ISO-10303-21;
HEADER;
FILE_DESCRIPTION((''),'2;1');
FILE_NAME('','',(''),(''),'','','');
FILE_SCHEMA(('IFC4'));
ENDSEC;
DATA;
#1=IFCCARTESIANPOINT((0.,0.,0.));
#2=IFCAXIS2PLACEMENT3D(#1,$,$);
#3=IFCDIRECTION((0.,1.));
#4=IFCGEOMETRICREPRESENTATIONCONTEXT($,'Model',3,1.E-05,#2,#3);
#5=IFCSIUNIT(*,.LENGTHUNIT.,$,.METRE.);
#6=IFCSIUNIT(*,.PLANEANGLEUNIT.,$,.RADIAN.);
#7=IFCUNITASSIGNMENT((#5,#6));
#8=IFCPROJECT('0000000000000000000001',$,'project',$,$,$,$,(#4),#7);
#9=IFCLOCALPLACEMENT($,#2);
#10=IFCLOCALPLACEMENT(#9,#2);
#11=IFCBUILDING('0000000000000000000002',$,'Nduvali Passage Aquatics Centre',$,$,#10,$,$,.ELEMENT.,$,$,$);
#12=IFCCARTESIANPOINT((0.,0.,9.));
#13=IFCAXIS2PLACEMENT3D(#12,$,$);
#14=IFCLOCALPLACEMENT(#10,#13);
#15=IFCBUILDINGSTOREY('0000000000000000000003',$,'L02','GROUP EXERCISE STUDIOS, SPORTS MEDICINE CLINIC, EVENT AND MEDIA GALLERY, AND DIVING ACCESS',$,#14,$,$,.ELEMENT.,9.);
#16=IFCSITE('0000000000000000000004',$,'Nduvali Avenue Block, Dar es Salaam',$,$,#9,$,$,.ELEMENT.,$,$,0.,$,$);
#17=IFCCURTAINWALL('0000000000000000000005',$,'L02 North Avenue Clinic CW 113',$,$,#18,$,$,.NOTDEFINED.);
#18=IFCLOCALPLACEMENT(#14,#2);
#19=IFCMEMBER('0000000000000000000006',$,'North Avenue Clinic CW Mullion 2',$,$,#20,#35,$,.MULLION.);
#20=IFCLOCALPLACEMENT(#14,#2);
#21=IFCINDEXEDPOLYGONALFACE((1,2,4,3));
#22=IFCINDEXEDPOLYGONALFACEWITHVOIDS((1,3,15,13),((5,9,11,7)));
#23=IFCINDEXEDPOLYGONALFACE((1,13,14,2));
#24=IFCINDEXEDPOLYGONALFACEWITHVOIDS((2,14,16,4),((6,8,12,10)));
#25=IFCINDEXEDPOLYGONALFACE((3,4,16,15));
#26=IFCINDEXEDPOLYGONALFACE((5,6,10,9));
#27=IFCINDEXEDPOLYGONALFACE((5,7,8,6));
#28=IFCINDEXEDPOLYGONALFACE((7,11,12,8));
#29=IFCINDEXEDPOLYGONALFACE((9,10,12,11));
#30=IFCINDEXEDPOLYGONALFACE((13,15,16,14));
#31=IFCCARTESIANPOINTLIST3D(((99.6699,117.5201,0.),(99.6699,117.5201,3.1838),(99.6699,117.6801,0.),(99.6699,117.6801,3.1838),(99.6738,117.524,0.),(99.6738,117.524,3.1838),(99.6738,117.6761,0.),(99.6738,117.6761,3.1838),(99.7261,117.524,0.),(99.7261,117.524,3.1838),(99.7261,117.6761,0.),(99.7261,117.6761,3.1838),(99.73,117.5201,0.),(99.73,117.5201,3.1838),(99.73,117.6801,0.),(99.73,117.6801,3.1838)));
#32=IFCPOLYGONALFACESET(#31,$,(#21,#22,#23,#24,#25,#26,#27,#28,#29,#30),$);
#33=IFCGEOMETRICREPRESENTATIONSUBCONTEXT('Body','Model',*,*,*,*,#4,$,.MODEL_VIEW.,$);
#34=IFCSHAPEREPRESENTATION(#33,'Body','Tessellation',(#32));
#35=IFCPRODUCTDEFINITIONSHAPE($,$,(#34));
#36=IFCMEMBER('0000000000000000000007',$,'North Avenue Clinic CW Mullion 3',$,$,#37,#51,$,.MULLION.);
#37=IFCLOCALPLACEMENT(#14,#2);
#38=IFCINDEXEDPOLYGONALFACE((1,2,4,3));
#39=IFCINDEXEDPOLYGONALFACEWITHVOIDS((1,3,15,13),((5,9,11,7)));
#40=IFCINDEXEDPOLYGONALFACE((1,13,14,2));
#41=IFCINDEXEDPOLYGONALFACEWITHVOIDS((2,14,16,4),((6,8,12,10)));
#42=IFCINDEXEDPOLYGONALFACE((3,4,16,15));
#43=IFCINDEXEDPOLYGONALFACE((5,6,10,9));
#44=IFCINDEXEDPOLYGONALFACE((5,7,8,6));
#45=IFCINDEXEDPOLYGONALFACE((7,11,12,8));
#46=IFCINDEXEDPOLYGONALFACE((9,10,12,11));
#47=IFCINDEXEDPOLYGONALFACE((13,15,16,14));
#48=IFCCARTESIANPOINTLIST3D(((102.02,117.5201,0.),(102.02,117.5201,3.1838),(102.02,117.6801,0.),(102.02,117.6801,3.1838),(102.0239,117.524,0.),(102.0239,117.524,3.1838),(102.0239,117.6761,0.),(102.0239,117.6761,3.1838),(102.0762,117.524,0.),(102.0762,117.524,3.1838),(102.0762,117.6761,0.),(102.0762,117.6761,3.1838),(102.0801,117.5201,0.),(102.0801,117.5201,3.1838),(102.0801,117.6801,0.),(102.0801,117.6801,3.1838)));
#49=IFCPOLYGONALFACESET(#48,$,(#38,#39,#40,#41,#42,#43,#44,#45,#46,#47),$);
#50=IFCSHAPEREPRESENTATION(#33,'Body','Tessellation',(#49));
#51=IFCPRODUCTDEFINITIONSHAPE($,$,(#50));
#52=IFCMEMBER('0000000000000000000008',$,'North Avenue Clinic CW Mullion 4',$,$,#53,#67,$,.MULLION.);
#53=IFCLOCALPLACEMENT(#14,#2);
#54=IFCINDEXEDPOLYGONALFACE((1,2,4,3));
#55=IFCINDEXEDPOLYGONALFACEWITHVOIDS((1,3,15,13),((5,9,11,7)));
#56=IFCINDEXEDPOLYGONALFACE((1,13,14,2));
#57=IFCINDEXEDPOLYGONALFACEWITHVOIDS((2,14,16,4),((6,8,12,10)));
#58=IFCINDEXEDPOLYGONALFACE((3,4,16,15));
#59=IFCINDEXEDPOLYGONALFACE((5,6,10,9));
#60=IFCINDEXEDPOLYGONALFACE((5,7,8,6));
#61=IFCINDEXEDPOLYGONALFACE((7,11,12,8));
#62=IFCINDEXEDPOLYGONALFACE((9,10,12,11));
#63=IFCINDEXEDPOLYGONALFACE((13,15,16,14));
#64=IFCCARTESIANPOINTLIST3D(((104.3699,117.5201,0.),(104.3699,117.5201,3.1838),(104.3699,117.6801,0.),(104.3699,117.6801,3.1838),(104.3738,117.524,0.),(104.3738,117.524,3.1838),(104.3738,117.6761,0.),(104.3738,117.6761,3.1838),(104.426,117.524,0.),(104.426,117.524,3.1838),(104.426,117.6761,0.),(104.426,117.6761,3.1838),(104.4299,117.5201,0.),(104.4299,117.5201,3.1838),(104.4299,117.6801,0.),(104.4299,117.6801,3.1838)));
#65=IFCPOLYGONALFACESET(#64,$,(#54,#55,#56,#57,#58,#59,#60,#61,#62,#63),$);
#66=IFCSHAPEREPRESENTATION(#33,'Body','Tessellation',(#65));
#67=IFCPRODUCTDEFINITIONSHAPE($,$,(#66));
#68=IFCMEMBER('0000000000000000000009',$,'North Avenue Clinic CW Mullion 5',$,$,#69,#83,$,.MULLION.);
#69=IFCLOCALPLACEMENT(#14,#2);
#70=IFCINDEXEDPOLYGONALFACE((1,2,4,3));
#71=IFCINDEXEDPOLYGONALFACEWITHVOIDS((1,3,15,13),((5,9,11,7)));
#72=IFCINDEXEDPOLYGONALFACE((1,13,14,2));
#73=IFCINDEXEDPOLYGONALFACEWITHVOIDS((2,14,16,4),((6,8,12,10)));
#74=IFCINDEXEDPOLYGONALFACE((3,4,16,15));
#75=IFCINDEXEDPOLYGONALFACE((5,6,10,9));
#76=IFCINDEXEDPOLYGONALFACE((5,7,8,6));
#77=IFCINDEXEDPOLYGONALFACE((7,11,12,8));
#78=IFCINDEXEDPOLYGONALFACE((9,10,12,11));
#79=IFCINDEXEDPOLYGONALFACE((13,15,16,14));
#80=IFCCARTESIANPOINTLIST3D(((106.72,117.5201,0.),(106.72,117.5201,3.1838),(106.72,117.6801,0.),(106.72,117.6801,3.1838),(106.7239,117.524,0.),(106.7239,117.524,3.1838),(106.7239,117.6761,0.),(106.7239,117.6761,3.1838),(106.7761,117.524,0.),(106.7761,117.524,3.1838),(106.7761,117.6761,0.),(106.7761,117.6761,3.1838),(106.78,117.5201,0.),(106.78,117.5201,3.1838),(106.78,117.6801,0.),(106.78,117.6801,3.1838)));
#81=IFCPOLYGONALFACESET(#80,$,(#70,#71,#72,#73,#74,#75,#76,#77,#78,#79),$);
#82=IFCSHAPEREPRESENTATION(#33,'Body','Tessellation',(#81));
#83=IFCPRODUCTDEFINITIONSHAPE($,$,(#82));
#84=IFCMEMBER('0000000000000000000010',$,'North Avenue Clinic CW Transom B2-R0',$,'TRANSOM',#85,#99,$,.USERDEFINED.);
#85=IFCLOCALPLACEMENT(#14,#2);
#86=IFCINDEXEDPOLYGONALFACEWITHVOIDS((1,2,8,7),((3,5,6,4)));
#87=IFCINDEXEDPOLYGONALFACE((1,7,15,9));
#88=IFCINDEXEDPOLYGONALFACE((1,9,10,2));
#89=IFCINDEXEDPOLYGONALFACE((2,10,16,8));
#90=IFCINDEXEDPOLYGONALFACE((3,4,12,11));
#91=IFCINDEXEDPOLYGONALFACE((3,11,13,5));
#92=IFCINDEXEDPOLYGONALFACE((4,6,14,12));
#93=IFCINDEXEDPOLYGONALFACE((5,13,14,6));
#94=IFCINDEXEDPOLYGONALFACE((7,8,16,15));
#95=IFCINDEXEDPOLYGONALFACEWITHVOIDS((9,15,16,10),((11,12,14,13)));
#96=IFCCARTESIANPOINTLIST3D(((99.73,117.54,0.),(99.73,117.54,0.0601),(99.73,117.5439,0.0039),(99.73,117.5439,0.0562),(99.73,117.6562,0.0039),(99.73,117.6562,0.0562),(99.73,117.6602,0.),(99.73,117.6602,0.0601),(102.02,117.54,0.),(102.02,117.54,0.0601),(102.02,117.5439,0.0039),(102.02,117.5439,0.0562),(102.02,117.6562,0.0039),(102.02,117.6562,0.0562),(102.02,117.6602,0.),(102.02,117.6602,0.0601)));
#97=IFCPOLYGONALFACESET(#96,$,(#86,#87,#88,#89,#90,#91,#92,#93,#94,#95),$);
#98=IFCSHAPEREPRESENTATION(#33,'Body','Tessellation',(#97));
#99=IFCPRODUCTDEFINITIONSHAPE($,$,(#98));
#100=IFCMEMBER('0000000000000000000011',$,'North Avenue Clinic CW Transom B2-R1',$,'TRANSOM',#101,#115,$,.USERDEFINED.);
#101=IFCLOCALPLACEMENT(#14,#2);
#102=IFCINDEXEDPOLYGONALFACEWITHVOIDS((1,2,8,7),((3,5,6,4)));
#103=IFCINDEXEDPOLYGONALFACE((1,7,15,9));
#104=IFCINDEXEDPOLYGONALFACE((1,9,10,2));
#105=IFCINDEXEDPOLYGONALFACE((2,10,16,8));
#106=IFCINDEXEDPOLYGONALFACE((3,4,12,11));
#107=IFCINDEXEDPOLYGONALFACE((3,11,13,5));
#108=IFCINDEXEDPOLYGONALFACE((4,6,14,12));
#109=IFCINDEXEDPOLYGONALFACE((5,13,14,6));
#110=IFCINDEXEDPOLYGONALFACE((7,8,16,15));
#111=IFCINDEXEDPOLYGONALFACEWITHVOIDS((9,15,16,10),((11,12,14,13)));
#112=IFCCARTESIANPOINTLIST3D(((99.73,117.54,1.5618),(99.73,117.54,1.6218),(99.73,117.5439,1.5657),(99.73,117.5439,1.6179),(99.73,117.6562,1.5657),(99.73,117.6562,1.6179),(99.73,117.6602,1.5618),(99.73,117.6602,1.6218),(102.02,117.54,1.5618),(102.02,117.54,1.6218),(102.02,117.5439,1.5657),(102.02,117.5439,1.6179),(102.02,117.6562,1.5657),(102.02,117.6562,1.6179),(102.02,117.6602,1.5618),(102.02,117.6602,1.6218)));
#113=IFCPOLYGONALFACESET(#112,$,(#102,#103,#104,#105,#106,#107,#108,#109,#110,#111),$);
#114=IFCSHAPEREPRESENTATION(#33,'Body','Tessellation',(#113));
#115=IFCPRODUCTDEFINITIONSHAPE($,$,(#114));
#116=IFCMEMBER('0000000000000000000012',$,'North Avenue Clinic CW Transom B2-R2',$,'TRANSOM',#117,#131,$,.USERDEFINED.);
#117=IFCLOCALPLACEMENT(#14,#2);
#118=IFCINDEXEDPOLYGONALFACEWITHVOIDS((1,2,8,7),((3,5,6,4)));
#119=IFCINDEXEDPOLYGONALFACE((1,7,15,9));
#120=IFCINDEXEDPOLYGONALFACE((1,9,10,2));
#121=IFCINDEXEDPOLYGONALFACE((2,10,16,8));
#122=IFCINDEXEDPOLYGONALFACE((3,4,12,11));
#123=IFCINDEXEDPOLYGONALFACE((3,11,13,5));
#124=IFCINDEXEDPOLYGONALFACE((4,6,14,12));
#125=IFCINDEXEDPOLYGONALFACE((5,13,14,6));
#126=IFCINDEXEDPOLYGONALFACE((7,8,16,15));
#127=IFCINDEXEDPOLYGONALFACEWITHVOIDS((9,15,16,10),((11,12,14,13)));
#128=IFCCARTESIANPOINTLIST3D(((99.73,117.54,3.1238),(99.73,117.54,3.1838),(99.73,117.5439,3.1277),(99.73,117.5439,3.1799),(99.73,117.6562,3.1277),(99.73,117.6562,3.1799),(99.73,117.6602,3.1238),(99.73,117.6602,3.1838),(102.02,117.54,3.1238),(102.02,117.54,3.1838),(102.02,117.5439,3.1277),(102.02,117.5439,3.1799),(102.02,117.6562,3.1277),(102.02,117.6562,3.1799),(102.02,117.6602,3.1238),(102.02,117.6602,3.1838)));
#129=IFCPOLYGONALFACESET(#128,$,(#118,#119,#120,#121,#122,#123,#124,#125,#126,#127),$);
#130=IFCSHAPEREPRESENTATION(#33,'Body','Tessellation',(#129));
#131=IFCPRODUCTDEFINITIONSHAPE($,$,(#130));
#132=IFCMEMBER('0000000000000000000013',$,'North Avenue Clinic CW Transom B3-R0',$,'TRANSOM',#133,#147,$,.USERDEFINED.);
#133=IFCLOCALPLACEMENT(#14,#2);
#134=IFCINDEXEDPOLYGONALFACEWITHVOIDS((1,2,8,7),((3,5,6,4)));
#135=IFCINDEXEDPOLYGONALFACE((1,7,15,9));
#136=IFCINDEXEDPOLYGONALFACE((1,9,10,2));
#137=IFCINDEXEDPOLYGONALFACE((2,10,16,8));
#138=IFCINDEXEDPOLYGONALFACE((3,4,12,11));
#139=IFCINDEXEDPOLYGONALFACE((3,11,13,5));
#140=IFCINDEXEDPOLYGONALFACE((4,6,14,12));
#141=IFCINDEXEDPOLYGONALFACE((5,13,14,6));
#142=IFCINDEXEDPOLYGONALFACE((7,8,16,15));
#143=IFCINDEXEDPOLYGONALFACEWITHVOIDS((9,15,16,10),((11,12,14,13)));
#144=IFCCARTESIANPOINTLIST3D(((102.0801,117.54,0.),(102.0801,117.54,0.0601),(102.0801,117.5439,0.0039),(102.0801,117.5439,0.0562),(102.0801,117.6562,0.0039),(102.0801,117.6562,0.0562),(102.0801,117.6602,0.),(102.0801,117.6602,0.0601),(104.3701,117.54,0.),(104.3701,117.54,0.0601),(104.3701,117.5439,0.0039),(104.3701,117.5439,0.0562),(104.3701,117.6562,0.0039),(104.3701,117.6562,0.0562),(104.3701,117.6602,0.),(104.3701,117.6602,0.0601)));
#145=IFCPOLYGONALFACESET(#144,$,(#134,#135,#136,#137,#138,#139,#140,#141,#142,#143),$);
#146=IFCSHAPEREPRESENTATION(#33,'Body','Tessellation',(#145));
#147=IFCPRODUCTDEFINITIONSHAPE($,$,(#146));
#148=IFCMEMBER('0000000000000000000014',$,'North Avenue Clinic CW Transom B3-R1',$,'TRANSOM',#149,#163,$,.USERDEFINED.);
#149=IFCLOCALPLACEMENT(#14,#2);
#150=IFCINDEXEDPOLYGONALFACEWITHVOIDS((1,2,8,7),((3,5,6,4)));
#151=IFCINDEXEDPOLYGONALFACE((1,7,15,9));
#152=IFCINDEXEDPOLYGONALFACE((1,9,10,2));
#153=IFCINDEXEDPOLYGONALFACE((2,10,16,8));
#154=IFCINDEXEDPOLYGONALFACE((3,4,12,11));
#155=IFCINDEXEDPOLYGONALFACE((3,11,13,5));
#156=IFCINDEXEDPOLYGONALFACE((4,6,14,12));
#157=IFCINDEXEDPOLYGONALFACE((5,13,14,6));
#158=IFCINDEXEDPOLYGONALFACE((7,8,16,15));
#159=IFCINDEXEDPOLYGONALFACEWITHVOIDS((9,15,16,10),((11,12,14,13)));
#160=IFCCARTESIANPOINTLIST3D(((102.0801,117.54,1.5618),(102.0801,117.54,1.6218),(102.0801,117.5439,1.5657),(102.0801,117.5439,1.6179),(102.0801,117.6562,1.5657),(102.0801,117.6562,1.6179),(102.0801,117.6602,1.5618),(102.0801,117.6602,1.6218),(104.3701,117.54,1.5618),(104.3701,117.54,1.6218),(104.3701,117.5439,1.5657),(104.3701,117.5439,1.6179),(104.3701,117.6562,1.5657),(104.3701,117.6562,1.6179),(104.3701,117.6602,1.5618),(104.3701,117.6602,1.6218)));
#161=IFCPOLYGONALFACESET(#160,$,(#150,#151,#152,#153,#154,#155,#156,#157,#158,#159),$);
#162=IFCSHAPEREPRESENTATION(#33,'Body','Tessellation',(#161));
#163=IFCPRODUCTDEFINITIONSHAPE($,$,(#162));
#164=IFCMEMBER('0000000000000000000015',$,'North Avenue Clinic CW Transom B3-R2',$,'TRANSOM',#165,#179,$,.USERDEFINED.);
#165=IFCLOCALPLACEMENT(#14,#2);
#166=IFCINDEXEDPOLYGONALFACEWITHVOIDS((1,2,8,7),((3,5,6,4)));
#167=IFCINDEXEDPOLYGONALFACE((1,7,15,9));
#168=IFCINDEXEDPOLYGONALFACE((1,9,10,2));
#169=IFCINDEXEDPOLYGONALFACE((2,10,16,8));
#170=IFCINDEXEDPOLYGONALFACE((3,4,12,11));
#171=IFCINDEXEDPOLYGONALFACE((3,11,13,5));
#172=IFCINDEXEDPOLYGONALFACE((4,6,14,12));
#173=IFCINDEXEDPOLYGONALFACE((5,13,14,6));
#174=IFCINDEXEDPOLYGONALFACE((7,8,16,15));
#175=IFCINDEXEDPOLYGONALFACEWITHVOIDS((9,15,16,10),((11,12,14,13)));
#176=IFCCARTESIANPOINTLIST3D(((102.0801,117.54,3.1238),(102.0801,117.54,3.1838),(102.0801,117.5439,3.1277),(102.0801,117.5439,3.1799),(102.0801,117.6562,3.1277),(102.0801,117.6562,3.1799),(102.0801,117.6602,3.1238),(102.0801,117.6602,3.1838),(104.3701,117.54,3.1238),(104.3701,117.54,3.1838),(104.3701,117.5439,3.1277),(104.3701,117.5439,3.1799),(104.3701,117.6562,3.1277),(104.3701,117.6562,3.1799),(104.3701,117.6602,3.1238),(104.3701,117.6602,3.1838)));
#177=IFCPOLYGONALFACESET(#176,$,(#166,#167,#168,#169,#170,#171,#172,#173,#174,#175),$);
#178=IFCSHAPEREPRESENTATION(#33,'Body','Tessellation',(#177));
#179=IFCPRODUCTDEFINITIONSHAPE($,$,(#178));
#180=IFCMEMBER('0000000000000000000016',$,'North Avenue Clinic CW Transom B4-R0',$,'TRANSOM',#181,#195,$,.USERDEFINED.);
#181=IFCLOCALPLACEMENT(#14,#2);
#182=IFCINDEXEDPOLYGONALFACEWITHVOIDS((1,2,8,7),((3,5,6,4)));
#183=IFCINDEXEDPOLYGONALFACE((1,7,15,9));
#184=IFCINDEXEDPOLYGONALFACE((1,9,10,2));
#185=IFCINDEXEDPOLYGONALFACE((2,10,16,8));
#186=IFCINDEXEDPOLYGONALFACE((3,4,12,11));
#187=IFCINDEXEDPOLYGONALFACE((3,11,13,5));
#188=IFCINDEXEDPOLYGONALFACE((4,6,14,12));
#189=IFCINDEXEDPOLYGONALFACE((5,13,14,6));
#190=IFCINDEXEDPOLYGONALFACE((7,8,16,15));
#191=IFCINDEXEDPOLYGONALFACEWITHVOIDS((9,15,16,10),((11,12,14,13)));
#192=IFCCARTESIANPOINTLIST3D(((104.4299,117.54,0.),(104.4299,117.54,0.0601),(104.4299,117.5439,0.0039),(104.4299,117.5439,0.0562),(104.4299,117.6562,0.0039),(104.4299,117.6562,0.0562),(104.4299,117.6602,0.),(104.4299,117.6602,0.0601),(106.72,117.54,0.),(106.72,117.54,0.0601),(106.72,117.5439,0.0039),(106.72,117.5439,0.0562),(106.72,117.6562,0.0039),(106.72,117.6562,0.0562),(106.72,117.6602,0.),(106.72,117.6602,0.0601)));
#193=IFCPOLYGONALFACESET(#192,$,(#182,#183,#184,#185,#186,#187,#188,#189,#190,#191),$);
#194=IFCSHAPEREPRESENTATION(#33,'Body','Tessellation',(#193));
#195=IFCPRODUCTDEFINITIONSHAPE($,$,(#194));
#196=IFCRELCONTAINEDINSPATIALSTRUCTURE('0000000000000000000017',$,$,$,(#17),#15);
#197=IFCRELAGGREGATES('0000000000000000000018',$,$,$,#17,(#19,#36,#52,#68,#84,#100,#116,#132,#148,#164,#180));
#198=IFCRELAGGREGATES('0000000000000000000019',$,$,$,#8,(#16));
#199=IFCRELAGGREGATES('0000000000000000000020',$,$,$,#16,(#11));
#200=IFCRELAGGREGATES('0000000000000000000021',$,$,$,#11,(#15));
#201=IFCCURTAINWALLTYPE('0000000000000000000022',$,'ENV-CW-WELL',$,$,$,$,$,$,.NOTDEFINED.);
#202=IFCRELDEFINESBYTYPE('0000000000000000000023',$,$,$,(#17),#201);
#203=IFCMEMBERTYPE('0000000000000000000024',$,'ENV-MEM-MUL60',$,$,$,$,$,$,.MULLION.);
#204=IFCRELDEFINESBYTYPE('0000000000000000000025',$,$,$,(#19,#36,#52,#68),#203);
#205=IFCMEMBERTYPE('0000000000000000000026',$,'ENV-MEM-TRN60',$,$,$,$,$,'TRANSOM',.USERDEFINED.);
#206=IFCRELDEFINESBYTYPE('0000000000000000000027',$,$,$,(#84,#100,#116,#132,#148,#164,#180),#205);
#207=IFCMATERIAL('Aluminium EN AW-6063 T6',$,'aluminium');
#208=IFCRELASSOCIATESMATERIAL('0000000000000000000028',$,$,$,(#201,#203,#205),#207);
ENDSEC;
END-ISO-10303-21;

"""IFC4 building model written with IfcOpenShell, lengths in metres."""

from ifc_helpers import new_model, si_unit, direction, frame, origin, origin_2d, place, context, subcontext, project, spatial, hollow_rectangle, extrude, material, material_profile, profile_set, type_object, element, aggregate, save


model = new_model("IFC4")

# Units and contexts
model_context = context("Model", 3, precision=1e-05, world=origin(), true_north=direction((0.0, 1.0)))
body_context = subcontext(model_context, "Body", "Model", "MODEL_VIEW")
ifc_project = project(units=[si_unit("LENGTHUNIT", "METRE"), si_unit("PLANEANGLEUNIT", "RADIAN")], contexts=[model_context])

# Site, building, storey
site_placement = place(None, origin())
site = spatial("IfcSite", under=ifc_project, at=site_placement, Name="Nduvali Avenue Block, Dar es Salaam", CompositionType="ELEMENT", RefElevation=0.0)
building_placement = place(site_placement, origin())
building = spatial("IfcBuilding", under=site, at=building_placement, Name="Nduvali Passage Aquatics Centre", CompositionType="ELEMENT")
storey_placement = place(building_placement, frame((0.0, 0.0, 9.0)))
storey = spatial("IfcBuildingStorey", under=building, at=storey_placement, Name="L02", Description="GROUP EXERCISE STUDIOS, SPORTS MEDICINE CLINIC, EVENT AND MEDIA GALLERY, AND DIVING ACCESS", CompositionType="ELEMENT", Elevation=9.0)

# Curtain wall, members
ifc_material_1 = material(Name="Aluminium EN AW-6063 T6", Category="aluminium")
curtain_wall_type = type_object("IfcCurtainWallType", Name="ENV-CW-WELL", PredefinedType="NOTDEFINED", material=ifc_material_1)
curtain_wall_placement = place(storey_placement, origin())
curtain_wall = element("IfcCurtainWall", 1, at=curtain_wall_placement, inside=storey, type_object=curtain_wall_type, Name="L02 North Avenue Clinic CW 113", PredefinedType="NOTDEFINED")
ifc_material_profile_1 = material_profile(ifc_material_1, hollow_rectangle(XDim=0.0601, YDim=0.1599, WallThickness=0.0039, at=origin_2d()), Name="ALU MULLION 60x160x4")
ifc_profile_set_1 = profile_set([ifc_material_profile_1], Name="Aluminium EN AW-6063 T6")
member_type_1 = type_object("IfcMemberType", Name="ENV-MEM-MUL60", PredefinedType="MULLION", material=ifc_profile_set_1)
member_1_placement = place(storey_placement, frame((99.7, 117.6001, 0.0), z_axis=(0.0, 0.0, 1.0), x_axis=(1.0, 0.0, 0.0)))
member_1 = element("IfcMember", 2, at=member_1_placement, type_object=member_type_1, Name="North Avenue Clinic CW Mullion 2", PredefinedType="MULLION", context=body_context, shape_type="SweptSolid", body=[
    extrude(hollow_rectangle(XDim=0.0601, YDim=0.1599, WallThickness=0.0039, at=origin_2d()), origin(), (0.0, 0.0, 1.0), 3.1838),
])
member_2_placement = place(storey_placement, frame((102.05, 117.6001, 0.0), z_axis=(0.0, 0.0, 1.0), x_axis=(1.0, 0.0, 0.0)))
member_2 = element("IfcMember", 3, at=member_2_placement, type_object=member_type_1, Name="North Avenue Clinic CW Mullion 3", PredefinedType="MULLION", context=body_context, shape_type="SweptSolid", body=[
    extrude(hollow_rectangle(XDim=0.0601, YDim=0.1599, WallThickness=0.0039, at=origin_2d()), origin(), (0.0, 0.0, 1.0), 3.1838),
])
member_3_placement = place(storey_placement, frame((104.3999, 117.6001, 0.0), z_axis=(0.0, 0.0, 1.0), x_axis=(1.0, 0.0, 0.0)))
member_3 = element("IfcMember", 4, at=member_3_placement, type_object=member_type_1, Name="North Avenue Clinic CW Mullion 4", PredefinedType="MULLION", context=body_context, shape_type="SweptSolid", body=[
    extrude(hollow_rectangle(XDim=0.0601, YDim=0.1599, WallThickness=0.0039, at=origin_2d()), origin(), (0.0, 0.0, 1.0), 3.1838),
])
member_4_placement = place(storey_placement, frame((106.75, 117.6001, 0.0), z_axis=(0.0, 0.0, 1.0), x_axis=(1.0, 0.0, 0.0)))
member_4 = element("IfcMember", 5, at=member_4_placement, type_object=member_type_1, Name="North Avenue Clinic CW Mullion 5", PredefinedType="MULLION", context=body_context, shape_type="SweptSolid", body=[
    extrude(hollow_rectangle(XDim=0.0601, YDim=0.1599, WallThickness=0.0039, at=origin_2d()), origin(), (0.0, 0.0, 1.0), 3.1838),
])
ifc_material_profile_2 = material_profile(ifc_material_1, hollow_rectangle(XDim=0.1201, YDim=0.0601, WallThickness=0.0039, at=origin_2d()), Name="ALU TRANSOM 120x60x4")
ifc_profile_set_2 = profile_set([ifc_material_profile_2], Name="Aluminium EN AW-6063 T6")
member_type_2 = type_object("IfcMemberType", Name="ENV-MEM-TRN60", ElementType="TRANSOM", PredefinedType="USERDEFINED", material=ifc_profile_set_2)
member_5_placement = place(storey_placement, frame((99.73, 117.6001, 0.03), z_axis=(1.0, 0.0, 0.0), x_axis=(0.0, 1.0, 0.0)))
member_5 = element("IfcMember", 6, at=member_5_placement, type_object=member_type_2, Name="North Avenue Clinic CW Transom B2-R0", ObjectType="TRANSOM", PredefinedType="USERDEFINED", context=body_context, shape_type="SweptSolid", body=[
    extrude(hollow_rectangle(XDim=0.1201, YDim=0.0601, WallThickness=0.0039, at=origin_2d()), origin(), (0.0, 0.0, 1.0), 2.29),
])
member_6_placement = place(storey_placement, frame((99.73, 117.6001, 1.5918), z_axis=(1.0, 0.0, 0.0), x_axis=(0.0, 1.0, 0.0)))
member_6 = element("IfcMember", 7, at=member_6_placement, type_object=member_type_2, Name="North Avenue Clinic CW Transom B2-R1", ObjectType="TRANSOM", PredefinedType="USERDEFINED", context=body_context, shape_type="SweptSolid", body=[
    extrude(hollow_rectangle(XDim=0.1201, YDim=0.0601, WallThickness=0.0039, at=origin_2d()), origin(), (0.0, 0.0, 1.0), 2.29),
])
member_7_placement = place(storey_placement, frame((99.73, 117.6001, 3.1538), z_axis=(1.0, 0.0, 0.0), x_axis=(0.0, 1.0, 0.0)))
member_7 = element("IfcMember", 8, at=member_7_placement, type_object=member_type_2, Name="North Avenue Clinic CW Transom B2-R2", ObjectType="TRANSOM", PredefinedType="USERDEFINED", context=body_context, shape_type="SweptSolid", body=[
    extrude(hollow_rectangle(XDim=0.1201, YDim=0.0601, WallThickness=0.0039, at=origin_2d()), origin(), (0.0, 0.0, 1.0), 2.29),
])
member_8_placement = place(storey_placement, frame((102.0801, 117.6001, 0.03), z_axis=(1.0, 0.0, 0.0), x_axis=(0.0, 1.0, 0.0)))
member_8 = element("IfcMember", 9, at=member_8_placement, type_object=member_type_2, Name="North Avenue Clinic CW Transom B3-R0", ObjectType="TRANSOM", PredefinedType="USERDEFINED", context=body_context, shape_type="SweptSolid", body=[
    extrude(hollow_rectangle(XDim=0.1201, YDim=0.0601, WallThickness=0.0039, at=origin_2d()), origin(), (0.0, 0.0, 1.0), 2.29),
])
member_9_placement = place(storey_placement, frame((102.0801, 117.6001, 1.5918), z_axis=(1.0, 0.0, 0.0), x_axis=(0.0, 1.0, 0.0)))
member_9 = element("IfcMember", 10, at=member_9_placement, type_object=member_type_2, Name="North Avenue Clinic CW Transom B3-R1", ObjectType="TRANSOM", PredefinedType="USERDEFINED", context=body_context, shape_type="SweptSolid", body=[
    extrude(hollow_rectangle(XDim=0.1201, YDim=0.0601, WallThickness=0.0039, at=origin_2d()), origin(), (0.0, 0.0, 1.0), 2.29),
])
member_10_placement = place(storey_placement, frame((102.0801, 117.6001, 3.1538), z_axis=(1.0, 0.0, 0.0), x_axis=(0.0, 1.0, 0.0)))
member_10 = element("IfcMember", 11, at=member_10_placement, type_object=member_type_2, Name="North Avenue Clinic CW Transom B3-R2", ObjectType="TRANSOM", PredefinedType="USERDEFINED", context=body_context, shape_type="SweptSolid", body=[
    extrude(hollow_rectangle(XDim=0.1201, YDim=0.0601, WallThickness=0.0039, at=origin_2d()), origin(), (0.0, 0.0, 1.0), 2.29),
])
member_11_placement = place(storey_placement, frame((104.4299, 117.6001, 0.03), z_axis=(1.0, 0.0, 0.0), x_axis=(0.0, 1.0, 0.0)))
member_11 = element("IfcMember", 12, at=member_11_placement, type_object=member_type_2, Name="North Avenue Clinic CW Transom B4-R0", ObjectType="TRANSOM", PredefinedType="USERDEFINED", context=body_context, shape_type="SweptSolid", body=[
    extrude(hollow_rectangle(XDim=0.1201, YDim=0.0601, WallThickness=0.0039, at=origin_2d()), origin(), (0.0, 0.0, 1.0), 2.29),
])

aggregate(curtain_wall, [member_1, member_2, member_3, member_4, member_5, member_6, member_7, member_8, member_9, member_10, member_11])

save(model, "model.ifc")
